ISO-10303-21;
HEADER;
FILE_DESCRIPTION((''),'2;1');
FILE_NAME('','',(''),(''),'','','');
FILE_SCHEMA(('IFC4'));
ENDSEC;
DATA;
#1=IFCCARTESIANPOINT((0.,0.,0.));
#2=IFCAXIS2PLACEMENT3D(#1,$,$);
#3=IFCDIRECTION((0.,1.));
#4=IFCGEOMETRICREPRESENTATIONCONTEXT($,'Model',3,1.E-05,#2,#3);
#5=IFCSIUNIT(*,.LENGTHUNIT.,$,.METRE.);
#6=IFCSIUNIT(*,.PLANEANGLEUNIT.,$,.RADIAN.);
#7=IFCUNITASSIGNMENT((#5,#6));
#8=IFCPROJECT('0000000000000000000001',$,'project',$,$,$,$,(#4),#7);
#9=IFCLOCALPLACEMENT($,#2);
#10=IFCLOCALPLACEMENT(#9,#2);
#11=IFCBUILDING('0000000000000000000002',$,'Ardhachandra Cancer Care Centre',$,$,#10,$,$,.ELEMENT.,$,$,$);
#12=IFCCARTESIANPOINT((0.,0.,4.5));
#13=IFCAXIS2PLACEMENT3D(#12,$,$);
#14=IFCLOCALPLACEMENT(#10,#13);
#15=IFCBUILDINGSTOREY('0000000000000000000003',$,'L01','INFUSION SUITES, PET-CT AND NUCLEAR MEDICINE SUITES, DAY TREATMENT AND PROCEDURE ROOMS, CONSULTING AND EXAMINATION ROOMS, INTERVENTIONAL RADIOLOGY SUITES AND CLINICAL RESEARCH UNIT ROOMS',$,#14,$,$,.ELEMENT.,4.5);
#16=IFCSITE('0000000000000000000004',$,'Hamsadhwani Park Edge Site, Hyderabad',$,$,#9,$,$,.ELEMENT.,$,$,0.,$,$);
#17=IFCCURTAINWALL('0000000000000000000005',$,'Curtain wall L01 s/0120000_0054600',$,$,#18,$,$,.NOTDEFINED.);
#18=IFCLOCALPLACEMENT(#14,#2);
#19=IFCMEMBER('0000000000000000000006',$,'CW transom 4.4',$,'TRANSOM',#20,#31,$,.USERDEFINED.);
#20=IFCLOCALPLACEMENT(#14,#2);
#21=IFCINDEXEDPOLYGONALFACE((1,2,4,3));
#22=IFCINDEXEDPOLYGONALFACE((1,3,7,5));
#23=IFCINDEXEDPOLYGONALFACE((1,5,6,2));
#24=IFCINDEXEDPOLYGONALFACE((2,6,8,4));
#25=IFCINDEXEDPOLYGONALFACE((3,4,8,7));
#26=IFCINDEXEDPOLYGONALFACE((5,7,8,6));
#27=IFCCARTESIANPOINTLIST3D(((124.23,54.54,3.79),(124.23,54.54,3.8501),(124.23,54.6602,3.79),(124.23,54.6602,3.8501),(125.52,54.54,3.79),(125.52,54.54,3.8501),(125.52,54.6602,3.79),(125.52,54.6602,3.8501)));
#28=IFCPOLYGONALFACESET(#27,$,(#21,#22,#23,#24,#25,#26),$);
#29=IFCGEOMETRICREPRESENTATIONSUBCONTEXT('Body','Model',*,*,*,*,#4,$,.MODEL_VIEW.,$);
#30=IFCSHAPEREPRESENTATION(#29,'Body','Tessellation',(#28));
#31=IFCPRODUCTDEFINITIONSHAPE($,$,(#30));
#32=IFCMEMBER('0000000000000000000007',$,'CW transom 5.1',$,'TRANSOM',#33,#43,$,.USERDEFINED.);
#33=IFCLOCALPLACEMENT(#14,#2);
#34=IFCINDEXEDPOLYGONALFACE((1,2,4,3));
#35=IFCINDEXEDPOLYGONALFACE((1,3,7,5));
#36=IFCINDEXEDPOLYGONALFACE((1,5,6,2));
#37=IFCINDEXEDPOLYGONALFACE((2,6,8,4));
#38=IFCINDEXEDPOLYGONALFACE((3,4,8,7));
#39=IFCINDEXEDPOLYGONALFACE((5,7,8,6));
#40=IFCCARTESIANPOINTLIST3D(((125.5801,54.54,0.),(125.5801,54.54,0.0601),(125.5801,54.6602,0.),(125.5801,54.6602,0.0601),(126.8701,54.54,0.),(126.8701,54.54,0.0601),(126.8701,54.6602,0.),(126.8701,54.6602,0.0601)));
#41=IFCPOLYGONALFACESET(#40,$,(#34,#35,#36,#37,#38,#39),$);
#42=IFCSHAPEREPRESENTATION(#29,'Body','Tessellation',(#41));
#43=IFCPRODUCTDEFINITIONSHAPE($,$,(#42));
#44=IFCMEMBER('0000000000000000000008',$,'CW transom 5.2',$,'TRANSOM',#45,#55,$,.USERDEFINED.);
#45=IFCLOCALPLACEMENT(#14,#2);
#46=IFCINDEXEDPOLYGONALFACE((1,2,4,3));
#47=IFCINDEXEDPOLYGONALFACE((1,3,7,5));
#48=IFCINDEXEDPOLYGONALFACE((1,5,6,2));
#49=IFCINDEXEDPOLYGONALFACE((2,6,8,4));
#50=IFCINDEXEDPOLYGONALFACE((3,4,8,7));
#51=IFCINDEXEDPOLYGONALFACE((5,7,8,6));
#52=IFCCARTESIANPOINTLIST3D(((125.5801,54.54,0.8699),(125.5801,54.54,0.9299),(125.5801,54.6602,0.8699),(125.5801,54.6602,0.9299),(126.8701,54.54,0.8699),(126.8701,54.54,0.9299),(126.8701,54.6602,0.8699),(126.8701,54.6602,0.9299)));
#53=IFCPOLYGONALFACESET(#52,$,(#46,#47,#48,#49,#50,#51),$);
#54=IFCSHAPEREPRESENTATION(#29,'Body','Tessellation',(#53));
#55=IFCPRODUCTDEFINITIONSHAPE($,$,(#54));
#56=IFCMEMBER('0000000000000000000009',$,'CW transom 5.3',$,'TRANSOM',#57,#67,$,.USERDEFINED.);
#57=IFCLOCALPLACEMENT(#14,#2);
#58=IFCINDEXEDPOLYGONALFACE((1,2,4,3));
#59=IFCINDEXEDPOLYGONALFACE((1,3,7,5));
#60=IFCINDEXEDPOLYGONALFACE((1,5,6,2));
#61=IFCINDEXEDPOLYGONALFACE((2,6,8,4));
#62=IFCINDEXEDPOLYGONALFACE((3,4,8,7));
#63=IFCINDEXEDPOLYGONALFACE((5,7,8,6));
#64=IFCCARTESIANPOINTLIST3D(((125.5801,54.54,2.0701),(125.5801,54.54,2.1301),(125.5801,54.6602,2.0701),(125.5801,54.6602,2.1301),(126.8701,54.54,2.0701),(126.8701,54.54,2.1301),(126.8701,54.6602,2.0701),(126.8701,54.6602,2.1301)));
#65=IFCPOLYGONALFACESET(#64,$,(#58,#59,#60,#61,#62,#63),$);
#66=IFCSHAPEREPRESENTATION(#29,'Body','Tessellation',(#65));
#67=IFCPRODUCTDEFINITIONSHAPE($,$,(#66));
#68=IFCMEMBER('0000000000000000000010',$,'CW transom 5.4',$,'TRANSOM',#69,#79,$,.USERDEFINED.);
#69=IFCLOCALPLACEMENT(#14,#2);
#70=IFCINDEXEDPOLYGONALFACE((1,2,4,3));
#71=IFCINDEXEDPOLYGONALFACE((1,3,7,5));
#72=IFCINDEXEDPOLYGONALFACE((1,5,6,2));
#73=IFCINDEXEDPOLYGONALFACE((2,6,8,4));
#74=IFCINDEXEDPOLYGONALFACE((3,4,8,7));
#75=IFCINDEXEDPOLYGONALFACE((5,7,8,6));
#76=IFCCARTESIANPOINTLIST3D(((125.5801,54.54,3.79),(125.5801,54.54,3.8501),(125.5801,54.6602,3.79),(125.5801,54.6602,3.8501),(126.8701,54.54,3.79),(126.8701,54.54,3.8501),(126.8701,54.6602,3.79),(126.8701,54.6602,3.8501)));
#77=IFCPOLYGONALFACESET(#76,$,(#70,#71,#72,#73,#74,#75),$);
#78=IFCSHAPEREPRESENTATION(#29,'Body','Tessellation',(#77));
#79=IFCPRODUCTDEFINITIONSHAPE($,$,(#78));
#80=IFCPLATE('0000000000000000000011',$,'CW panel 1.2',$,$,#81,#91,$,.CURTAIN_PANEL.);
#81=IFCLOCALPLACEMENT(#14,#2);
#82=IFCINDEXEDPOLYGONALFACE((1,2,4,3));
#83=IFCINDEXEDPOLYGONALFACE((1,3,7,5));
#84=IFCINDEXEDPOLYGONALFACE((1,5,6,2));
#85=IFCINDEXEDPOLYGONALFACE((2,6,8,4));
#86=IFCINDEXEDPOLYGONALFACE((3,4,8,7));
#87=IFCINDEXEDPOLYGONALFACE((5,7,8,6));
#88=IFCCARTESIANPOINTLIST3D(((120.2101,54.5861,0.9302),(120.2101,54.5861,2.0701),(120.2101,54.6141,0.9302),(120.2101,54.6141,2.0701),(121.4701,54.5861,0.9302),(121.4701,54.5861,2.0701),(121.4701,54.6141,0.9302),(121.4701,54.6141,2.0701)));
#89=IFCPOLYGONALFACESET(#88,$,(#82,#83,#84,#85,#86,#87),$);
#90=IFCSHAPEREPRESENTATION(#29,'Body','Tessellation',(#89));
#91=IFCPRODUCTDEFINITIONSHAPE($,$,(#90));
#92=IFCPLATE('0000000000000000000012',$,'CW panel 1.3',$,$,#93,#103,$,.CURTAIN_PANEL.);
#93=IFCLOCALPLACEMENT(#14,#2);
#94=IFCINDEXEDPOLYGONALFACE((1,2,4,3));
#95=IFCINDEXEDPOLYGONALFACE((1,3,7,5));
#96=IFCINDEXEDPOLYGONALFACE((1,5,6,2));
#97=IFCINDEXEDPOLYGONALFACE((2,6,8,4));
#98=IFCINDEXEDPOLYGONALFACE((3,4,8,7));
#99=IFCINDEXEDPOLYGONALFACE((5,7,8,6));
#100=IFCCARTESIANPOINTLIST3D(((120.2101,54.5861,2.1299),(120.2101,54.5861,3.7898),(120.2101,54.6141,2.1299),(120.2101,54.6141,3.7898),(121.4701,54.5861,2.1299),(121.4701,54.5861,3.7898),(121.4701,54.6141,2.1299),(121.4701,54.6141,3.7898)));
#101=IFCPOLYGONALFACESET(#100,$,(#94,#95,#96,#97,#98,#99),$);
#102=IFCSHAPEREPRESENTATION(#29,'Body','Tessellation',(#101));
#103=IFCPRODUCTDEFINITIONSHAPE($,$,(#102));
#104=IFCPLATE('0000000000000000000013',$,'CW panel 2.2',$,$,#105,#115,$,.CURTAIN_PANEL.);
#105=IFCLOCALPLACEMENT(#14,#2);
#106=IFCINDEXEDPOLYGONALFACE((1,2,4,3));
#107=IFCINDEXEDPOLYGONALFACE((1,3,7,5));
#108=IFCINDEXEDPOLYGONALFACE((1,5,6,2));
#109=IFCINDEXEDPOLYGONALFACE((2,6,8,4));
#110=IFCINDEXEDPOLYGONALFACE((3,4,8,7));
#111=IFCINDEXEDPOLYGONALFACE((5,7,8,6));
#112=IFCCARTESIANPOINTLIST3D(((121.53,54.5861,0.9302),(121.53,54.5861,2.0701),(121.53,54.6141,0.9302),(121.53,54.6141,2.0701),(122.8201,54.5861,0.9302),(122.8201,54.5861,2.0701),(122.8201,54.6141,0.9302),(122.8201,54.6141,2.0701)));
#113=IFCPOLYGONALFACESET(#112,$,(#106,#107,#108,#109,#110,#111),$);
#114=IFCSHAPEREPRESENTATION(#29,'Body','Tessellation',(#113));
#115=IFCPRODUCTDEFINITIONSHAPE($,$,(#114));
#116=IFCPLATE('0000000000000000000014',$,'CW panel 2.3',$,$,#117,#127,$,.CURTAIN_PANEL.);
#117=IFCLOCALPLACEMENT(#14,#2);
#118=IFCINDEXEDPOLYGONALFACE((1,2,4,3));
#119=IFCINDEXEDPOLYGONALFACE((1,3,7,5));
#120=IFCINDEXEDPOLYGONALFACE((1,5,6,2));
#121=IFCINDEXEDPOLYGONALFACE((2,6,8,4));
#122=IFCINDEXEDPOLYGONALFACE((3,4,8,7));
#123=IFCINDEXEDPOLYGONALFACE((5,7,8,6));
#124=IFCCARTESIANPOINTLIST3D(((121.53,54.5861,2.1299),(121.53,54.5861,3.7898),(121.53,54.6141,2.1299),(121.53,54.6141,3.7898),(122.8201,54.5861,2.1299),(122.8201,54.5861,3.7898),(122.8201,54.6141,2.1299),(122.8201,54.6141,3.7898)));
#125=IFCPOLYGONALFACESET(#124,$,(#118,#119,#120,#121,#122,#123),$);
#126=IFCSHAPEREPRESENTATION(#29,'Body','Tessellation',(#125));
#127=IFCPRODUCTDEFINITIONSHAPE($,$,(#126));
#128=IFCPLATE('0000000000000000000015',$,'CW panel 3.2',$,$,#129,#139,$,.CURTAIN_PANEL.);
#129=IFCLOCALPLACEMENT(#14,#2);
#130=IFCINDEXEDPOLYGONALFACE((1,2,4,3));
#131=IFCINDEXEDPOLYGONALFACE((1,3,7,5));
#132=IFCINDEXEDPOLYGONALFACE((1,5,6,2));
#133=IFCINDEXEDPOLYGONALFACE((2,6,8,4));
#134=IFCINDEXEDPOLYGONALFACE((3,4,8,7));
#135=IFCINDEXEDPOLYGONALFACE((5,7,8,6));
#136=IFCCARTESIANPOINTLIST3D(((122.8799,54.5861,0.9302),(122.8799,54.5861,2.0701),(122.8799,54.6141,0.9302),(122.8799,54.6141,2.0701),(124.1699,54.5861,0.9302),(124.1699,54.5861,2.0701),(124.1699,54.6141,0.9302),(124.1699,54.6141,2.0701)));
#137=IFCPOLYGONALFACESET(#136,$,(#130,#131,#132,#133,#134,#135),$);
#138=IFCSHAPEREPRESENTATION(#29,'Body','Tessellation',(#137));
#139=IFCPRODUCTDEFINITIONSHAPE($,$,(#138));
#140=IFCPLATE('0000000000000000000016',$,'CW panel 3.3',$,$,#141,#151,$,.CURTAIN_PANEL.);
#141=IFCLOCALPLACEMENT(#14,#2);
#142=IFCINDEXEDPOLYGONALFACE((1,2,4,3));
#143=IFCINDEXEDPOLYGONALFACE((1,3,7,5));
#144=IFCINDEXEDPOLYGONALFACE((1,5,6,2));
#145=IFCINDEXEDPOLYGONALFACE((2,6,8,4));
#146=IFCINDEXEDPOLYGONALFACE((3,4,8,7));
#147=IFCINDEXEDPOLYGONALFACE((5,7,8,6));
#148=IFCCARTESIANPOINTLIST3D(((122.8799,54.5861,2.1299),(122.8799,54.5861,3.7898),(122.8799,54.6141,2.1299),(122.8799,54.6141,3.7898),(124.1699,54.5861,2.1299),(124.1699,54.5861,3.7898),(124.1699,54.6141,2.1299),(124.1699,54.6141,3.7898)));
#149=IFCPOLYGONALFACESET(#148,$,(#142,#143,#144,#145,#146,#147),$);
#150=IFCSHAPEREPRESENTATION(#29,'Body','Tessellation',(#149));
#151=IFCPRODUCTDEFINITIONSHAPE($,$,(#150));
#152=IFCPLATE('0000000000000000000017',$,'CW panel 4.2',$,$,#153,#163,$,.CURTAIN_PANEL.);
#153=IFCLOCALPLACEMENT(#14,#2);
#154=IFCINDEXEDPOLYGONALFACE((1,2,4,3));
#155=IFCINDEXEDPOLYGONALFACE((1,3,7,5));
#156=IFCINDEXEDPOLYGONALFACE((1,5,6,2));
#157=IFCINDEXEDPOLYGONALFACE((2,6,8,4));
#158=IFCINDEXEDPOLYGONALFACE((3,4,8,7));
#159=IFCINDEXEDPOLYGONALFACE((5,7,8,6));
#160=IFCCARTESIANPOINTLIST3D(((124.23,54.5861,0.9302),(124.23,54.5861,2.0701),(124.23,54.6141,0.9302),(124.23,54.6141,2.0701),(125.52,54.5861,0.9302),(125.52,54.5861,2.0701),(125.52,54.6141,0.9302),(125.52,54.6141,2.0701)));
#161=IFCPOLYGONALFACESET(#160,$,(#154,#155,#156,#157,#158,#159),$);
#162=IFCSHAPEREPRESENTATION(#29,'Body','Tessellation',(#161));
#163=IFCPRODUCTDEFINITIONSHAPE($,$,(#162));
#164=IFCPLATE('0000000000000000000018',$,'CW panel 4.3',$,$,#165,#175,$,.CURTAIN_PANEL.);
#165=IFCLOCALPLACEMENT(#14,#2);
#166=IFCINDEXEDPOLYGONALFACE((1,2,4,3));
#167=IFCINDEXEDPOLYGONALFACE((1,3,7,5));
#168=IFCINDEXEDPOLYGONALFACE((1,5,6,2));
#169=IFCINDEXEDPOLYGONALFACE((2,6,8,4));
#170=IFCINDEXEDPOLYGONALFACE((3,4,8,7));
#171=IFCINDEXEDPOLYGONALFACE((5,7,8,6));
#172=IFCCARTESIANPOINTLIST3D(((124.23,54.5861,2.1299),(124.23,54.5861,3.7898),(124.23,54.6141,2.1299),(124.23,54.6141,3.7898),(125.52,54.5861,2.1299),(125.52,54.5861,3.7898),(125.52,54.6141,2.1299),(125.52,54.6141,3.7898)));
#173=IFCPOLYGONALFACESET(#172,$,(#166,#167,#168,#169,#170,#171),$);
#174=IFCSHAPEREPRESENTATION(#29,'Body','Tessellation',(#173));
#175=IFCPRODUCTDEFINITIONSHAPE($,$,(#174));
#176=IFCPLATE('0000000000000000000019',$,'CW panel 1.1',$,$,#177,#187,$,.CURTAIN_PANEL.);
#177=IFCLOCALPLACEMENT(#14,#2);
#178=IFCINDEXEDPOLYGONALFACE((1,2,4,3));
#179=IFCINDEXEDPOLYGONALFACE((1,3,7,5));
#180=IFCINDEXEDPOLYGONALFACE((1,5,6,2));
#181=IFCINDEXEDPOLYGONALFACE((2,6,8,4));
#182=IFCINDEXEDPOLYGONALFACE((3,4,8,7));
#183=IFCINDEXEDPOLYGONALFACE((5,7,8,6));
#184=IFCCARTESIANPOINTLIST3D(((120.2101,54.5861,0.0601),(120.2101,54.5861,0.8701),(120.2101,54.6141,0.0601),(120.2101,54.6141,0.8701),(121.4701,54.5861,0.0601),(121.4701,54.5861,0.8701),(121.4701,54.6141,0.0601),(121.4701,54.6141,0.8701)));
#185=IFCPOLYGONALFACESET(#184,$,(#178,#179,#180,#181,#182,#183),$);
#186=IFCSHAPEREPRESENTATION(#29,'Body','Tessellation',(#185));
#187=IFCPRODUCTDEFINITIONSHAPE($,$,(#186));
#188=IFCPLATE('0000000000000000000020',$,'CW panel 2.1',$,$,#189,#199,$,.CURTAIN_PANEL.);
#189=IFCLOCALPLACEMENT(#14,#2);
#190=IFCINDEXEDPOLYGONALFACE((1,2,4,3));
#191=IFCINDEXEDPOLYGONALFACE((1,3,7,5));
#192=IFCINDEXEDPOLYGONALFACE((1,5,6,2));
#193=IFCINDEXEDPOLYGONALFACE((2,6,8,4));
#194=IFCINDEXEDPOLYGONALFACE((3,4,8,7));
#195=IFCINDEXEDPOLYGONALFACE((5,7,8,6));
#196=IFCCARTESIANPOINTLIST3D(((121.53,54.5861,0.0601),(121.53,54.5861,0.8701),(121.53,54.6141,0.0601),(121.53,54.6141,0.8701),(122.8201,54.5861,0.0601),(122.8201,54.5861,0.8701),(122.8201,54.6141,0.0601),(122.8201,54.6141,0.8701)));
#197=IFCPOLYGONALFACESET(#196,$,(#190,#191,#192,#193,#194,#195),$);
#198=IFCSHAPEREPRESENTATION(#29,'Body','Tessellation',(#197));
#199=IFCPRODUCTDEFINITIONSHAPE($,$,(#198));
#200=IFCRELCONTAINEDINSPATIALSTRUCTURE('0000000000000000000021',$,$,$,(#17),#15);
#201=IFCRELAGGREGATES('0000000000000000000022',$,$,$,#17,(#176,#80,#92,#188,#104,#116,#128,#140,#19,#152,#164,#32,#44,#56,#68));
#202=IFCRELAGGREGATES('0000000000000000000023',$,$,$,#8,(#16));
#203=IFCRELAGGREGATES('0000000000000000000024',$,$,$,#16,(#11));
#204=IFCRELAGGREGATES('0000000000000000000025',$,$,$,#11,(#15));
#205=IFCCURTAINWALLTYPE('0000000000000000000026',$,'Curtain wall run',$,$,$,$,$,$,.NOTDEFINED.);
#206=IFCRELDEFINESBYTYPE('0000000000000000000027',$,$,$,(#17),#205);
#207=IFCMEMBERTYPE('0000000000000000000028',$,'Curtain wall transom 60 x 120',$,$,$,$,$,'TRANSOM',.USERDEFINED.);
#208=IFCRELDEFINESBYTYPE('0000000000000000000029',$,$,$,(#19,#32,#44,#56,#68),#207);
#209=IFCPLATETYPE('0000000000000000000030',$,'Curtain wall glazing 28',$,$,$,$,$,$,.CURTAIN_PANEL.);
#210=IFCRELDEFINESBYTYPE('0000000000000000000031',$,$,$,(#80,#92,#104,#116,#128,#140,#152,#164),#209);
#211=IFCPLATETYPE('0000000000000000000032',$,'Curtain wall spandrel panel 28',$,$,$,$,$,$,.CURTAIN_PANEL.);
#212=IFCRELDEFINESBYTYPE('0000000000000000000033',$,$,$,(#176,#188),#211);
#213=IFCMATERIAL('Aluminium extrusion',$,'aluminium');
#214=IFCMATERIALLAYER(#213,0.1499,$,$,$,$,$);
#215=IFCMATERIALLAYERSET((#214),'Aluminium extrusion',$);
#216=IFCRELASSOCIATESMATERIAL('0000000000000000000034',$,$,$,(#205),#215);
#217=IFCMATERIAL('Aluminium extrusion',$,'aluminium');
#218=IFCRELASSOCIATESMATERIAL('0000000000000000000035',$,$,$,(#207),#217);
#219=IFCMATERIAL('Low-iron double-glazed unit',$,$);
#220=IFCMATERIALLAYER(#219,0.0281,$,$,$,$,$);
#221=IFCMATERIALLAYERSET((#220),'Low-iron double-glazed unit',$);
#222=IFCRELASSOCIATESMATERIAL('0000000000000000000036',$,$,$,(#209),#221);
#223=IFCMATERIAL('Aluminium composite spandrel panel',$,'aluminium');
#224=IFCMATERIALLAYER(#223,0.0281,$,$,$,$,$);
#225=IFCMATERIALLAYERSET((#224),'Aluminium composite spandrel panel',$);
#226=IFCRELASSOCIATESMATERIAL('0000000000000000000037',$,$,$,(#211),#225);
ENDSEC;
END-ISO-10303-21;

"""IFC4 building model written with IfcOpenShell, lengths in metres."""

from ifc_helpers import new_model, si_unit, direction, frame, origin, origin_2d, place, context, subcontext, project, spatial, rectangle, extrude, material, layer, layer_set, material_profile, profile_set, type_object, element, aggregate, save


model = new_model("IFC4")

# Units and contexts
model_context = context("Model", 3, precision=1e-05, world=origin(), true_north=direction((0.0, 1.0)))
body_context = subcontext(model_context, "Body", "Model", "MODEL_VIEW")
ifc_project = project(units=[si_unit("LENGTHUNIT", "METRE"), si_unit("PLANEANGLEUNIT", "RADIAN")], contexts=[model_context])

# Site, building, storey
site_placement = place(None, origin())
site = spatial("IfcSite", under=ifc_project, at=site_placement, Name="Hamsadhwani Park Edge Site, Hyderabad", CompositionType="ELEMENT", RefElevation=0.0)
building_placement = place(site_placement, origin())
building = spatial("IfcBuilding", under=site, at=building_placement, Name="Ardhachandra Cancer Care Centre", CompositionType="ELEMENT")
storey_placement = place(building_placement, frame((0.0, 0.0, 4.5)))
storey = spatial("IfcBuildingStorey", under=building, at=storey_placement, Name="L01", Description="INFUSION SUITES, PET-CT AND NUCLEAR MEDICINE SUITES, DAY TREATMENT AND PROCEDURE ROOMS, CONSULTING AND EXAMINATION ROOMS, INTERVENTIONAL RADIOLOGY SUITES AND CLINICAL RESEARCH UNIT ROOMS", CompositionType="ELEMENT", Elevation=4.5)

# Curtain wall, members, plates
ifc_material_1 = material(Name="Aluminium extrusion", Category="aluminium")
ifc_layer_1 = layer(ifc_material_1, 0.1499)
ifc_layer_set_1 = layer_set([ifc_layer_1], Name="Aluminium extrusion")
curtain_wall_type = type_object("IfcCurtainWallType", Name="Curtain wall run", PredefinedType="NOTDEFINED", material=ifc_layer_set_1)
curtain_wall_placement = place(storey_placement, origin())
curtain_wall = element("IfcCurtainWall", 1, at=curtain_wall_placement, inside=storey, type_object=curtain_wall_type, Name="Curtain wall L01 s/0120000_0054600", PredefinedType="NOTDEFINED")
ifc_material_2 = material(Name="Aluminium extrusion", Category="aluminium")
ifc_material_profile_1 = material_profile(ifc_material_2, rectangle(XDim=0.1201, YDim=0.0601, at=origin_2d()), Name="Curtain wall transom 60 x 120")
ifc_profile_set_1 = profile_set([ifc_material_profile_1], Name="Aluminium extrusion")
member_type_1 = type_object("IfcMemberType", Name="Curtain wall transom 60 x 120", ElementType="TRANSOM", PredefinedType="USERDEFINED", material=ifc_profile_set_1)
member_1_placement = place(storey_placement, frame((124.23, 54.6001, 3.8201), z_axis=(1.0, 0.0, 0.0), x_axis=(0.0, 1.0, 0.0)))
member_1 = element("IfcMember", 2, at=member_1_placement, type_object=member_type_1, Name="CW transom 4.4", ObjectType="TRANSOM", PredefinedType="USERDEFINED", context=body_context, shape_type="SweptSolid", body=[
    extrude(rectangle(XDim=0.1201, YDim=0.0601, at=origin_2d()), origin(), (0.0, 0.0, 1.0), 1.29),
])
member_2_placement = place(storey_placement, frame((125.5801, 54.6001, 0.03), z_axis=(1.0, 0.0, 0.0), x_axis=(0.0, 1.0, 0.0)))
member_2 = element("IfcMember", 3, at=member_2_placement, type_object=member_type_1, Name="CW transom 5.1", ObjectType="TRANSOM", PredefinedType="USERDEFINED", context=body_context, shape_type="SweptSolid", body=[
    extrude(rectangle(XDim=0.1201, YDim=0.0601, at=origin_2d()), origin(), (0.0, 0.0, 1.0), 1.29),
])
member_3_placement = place(storey_placement, frame((125.5801, 54.6001, 0.8999), z_axis=(1.0, 0.0, 0.0), x_axis=(0.0, 1.0, 0.0)))
member_3 = element("IfcMember", 4, at=member_3_placement, type_object=member_type_1, Name="CW transom 5.2", ObjectType="TRANSOM", PredefinedType="USERDEFINED", context=body_context, shape_type="SweptSolid", body=[
    extrude(rectangle(XDim=0.1201, YDim=0.0601, at=origin_2d()), origin(), (0.0, 0.0, 1.0), 1.29),
])
member_4_placement = place(storey_placement, frame((125.5801, 54.6001, 2.1001), z_axis=(1.0, 0.0, 0.0), x_axis=(0.0, 1.0, 0.0)))
member_4 = element("IfcMember", 5, at=member_4_placement, type_object=member_type_1, Name="CW transom 5.3", ObjectType="TRANSOM", PredefinedType="USERDEFINED", context=body_context, shape_type="SweptSolid", body=[
    extrude(rectangle(XDim=0.1201, YDim=0.0601, at=origin_2d()), origin(), (0.0, 0.0, 1.0), 1.29),
])
member_5_placement = place(storey_placement, frame((125.5801, 54.6001, 3.8201), z_axis=(1.0, 0.0, 0.0), x_axis=(0.0, 1.0, 0.0)))
member_5 = element("IfcMember", 6, at=member_5_placement, type_object=member_type_1, Name="CW transom 5.4", ObjectType="TRANSOM", PredefinedType="USERDEFINED", context=body_context, shape_type="SweptSolid", body=[
    extrude(rectangle(XDim=0.1201, YDim=0.0601, at=origin_2d()), origin(), (0.0, 0.0, 1.0), 1.29),
])
ifc_material_3 = material(Name="Low-iron double-glazed unit")
ifc_layer_2 = layer(ifc_material_3, 0.0281)
ifc_layer_set_2 = layer_set([ifc_layer_2], Name="Low-iron double-glazed unit")
plate_type_1 = type_object("IfcPlateType", Name="Curtain wall glazing 28", PredefinedType="CURTAIN_PANEL", material=ifc_layer_set_2)
plate_1_placement = place(storey_placement, frame((120.8401, 54.6001, 0.9302), z_axis=(0.0, 0.0, 1.0), x_axis=(1.0, 0.0, 0.0)))
plate_1 = element("IfcPlate", 7, at=plate_1_placement, type_object=plate_type_1, Name="CW panel 1.2", PredefinedType="CURTAIN_PANEL", context=body_context, shape_type="SweptSolid", body=[
    extrude(rectangle(XDim=1.26, YDim=0.0281, at=origin_2d()), origin(), (0.0, 0.0, 1.0), 1.1399),
])
plate_2_placement = place(storey_placement, frame((120.8401, 54.6001, 2.1299), z_axis=(0.0, 0.0, 1.0), x_axis=(1.0, 0.0, 0.0)))
plate_2 = element("IfcPlate", 8, at=plate_2_placement, type_object=plate_type_1, Name="CW panel 1.3", PredefinedType="CURTAIN_PANEL", context=body_context, shape_type="SweptSolid", body=[
    extrude(rectangle(XDim=1.26, YDim=0.0281, at=origin_2d()), origin(), (0.0, 0.0, 1.0), 1.6599),
])
plate_3_placement = place(storey_placement, frame((122.175, 54.6001, 0.9302), z_axis=(0.0, 0.0, 1.0), x_axis=(1.0, 0.0, 0.0)))
plate_3 = element("IfcPlate", 9, at=plate_3_placement, type_object=plate_type_1, Name="CW panel 2.2", PredefinedType="CURTAIN_PANEL", context=body_context, shape_type="SweptSolid", body=[
    extrude(rectangle(XDim=1.29, YDim=0.0281, at=origin_2d()), origin(), (0.0, 0.0, 1.0), 1.1399),
])
plate_4_placement = place(storey_placement, frame((122.175, 54.6001, 2.1299), z_axis=(0.0, 0.0, 1.0), x_axis=(1.0, 0.0, 0.0)))
plate_4 = element("IfcPlate", 10, at=plate_4_placement, type_object=plate_type_1, Name="CW panel 2.3", PredefinedType="CURTAIN_PANEL", context=body_context, shape_type="SweptSolid", body=[
    extrude(rectangle(XDim=1.29, YDim=0.0281, at=origin_2d()), origin(), (0.0, 0.0, 1.0), 1.6599),
])
plate_5_placement = place(storey_placement, frame((123.5249, 54.6001, 0.9302), z_axis=(0.0, 0.0, 1.0), x_axis=(1.0, 0.0, 0.0)))
plate_5 = element("IfcPlate", 11, at=plate_5_placement, type_object=plate_type_1, Name="CW panel 3.2", PredefinedType="CURTAIN_PANEL", context=body_context, shape_type="SweptSolid", body=[
    extrude(rectangle(XDim=1.29, YDim=0.0281, at=origin_2d()), origin(), (0.0, 0.0, 1.0), 1.1399),
])
plate_6_placement = place(storey_placement, frame((123.5249, 54.6001, 2.1299), z_axis=(0.0, 0.0, 1.0), x_axis=(1.0, 0.0, 0.0)))
plate_6 = element("IfcPlate", 12, at=plate_6_placement, type_object=plate_type_1, Name="CW panel 3.3", PredefinedType="CURTAIN_PANEL", context=body_context, shape_type="SweptSolid", body=[
    extrude(rectangle(XDim=1.29, YDim=0.0281, at=origin_2d()), origin(), (0.0, 0.0, 1.0), 1.6599),
])
plate_7_placement = place(storey_placement, frame((124.875, 54.6001, 0.9302), z_axis=(0.0, 0.0, 1.0), x_axis=(1.0, 0.0, 0.0)))
plate_7 = element("IfcPlate", 13, at=plate_7_placement, type_object=plate_type_1, Name="CW panel 4.2", PredefinedType="CURTAIN_PANEL", context=body_context, shape_type="SweptSolid", body=[
    extrude(rectangle(XDim=1.29, YDim=0.0281, at=origin_2d()), origin(), (0.0, 0.0, 1.0), 1.1399),
])
plate_8_placement = place(storey_placement, frame((124.875, 54.6001, 2.1299), z_axis=(0.0, 0.0, 1.0), x_axis=(1.0, 0.0, 0.0)))
plate_8 = element("IfcPlate", 14, at=plate_8_placement, type_object=plate_type_1, Name="CW panel 4.3", PredefinedType="CURTAIN_PANEL", context=body_context, shape_type="SweptSolid", body=[
    extrude(rectangle(XDim=1.29, YDim=0.0281, at=origin_2d()), origin(), (0.0, 0.0, 1.0), 1.6599),
])
ifc_material_4 = material(Name="Aluminium composite spandrel panel", Category="aluminium")
ifc_layer_3 = layer(ifc_material_4, 0.0281)
ifc_layer_set_3 = layer_set([ifc_layer_3], Name="Aluminium composite spandrel panel")
plate_type_2 = type_object("IfcPlateType", Name="Curtain wall spandrel panel 28", PredefinedType="CURTAIN_PANEL", material=ifc_layer_set_3)
plate_9_placement = place(storey_placement, frame((120.8401, 54.6001, 0.0601), z_axis=(0.0, 0.0, 1.0), x_axis=(1.0, 0.0, 0.0)))
plate_9 = element("IfcPlate", 15, at=plate_9_placement, type_object=plate_type_2, Name="CW panel 1.1", PredefinedType="CURTAIN_PANEL", context=body_context, shape_type="SweptSolid", body=[
    extrude(rectangle(XDim=1.26, YDim=0.0281, at=origin_2d()), origin(), (0.0, 0.0, 1.0), 0.8101),
])
plate_10_placement = place(storey_placement, frame((122.175, 54.6001, 0.0601), z_axis=(0.0, 0.0, 1.0), x_axis=(1.0, 0.0, 0.0)))
plate_10 = element("IfcPlate", 16, at=plate_10_placement, type_object=plate_type_2, Name="CW panel 2.1", PredefinedType="CURTAIN_PANEL", context=body_context, shape_type="SweptSolid", body=[
    extrude(rectangle(XDim=1.29, YDim=0.0281, at=origin_2d()), origin(), (0.0, 0.0, 1.0), 0.8101),
])
aggregate(curtain_wall, [plate_9, plate_1, plate_2, plate_10, plate_3, plate_4, plate_5, plate_6, member_1, plate_7, plate_8, member_2, member_3, member_4, member_5])

save(model, "model.ifc")
